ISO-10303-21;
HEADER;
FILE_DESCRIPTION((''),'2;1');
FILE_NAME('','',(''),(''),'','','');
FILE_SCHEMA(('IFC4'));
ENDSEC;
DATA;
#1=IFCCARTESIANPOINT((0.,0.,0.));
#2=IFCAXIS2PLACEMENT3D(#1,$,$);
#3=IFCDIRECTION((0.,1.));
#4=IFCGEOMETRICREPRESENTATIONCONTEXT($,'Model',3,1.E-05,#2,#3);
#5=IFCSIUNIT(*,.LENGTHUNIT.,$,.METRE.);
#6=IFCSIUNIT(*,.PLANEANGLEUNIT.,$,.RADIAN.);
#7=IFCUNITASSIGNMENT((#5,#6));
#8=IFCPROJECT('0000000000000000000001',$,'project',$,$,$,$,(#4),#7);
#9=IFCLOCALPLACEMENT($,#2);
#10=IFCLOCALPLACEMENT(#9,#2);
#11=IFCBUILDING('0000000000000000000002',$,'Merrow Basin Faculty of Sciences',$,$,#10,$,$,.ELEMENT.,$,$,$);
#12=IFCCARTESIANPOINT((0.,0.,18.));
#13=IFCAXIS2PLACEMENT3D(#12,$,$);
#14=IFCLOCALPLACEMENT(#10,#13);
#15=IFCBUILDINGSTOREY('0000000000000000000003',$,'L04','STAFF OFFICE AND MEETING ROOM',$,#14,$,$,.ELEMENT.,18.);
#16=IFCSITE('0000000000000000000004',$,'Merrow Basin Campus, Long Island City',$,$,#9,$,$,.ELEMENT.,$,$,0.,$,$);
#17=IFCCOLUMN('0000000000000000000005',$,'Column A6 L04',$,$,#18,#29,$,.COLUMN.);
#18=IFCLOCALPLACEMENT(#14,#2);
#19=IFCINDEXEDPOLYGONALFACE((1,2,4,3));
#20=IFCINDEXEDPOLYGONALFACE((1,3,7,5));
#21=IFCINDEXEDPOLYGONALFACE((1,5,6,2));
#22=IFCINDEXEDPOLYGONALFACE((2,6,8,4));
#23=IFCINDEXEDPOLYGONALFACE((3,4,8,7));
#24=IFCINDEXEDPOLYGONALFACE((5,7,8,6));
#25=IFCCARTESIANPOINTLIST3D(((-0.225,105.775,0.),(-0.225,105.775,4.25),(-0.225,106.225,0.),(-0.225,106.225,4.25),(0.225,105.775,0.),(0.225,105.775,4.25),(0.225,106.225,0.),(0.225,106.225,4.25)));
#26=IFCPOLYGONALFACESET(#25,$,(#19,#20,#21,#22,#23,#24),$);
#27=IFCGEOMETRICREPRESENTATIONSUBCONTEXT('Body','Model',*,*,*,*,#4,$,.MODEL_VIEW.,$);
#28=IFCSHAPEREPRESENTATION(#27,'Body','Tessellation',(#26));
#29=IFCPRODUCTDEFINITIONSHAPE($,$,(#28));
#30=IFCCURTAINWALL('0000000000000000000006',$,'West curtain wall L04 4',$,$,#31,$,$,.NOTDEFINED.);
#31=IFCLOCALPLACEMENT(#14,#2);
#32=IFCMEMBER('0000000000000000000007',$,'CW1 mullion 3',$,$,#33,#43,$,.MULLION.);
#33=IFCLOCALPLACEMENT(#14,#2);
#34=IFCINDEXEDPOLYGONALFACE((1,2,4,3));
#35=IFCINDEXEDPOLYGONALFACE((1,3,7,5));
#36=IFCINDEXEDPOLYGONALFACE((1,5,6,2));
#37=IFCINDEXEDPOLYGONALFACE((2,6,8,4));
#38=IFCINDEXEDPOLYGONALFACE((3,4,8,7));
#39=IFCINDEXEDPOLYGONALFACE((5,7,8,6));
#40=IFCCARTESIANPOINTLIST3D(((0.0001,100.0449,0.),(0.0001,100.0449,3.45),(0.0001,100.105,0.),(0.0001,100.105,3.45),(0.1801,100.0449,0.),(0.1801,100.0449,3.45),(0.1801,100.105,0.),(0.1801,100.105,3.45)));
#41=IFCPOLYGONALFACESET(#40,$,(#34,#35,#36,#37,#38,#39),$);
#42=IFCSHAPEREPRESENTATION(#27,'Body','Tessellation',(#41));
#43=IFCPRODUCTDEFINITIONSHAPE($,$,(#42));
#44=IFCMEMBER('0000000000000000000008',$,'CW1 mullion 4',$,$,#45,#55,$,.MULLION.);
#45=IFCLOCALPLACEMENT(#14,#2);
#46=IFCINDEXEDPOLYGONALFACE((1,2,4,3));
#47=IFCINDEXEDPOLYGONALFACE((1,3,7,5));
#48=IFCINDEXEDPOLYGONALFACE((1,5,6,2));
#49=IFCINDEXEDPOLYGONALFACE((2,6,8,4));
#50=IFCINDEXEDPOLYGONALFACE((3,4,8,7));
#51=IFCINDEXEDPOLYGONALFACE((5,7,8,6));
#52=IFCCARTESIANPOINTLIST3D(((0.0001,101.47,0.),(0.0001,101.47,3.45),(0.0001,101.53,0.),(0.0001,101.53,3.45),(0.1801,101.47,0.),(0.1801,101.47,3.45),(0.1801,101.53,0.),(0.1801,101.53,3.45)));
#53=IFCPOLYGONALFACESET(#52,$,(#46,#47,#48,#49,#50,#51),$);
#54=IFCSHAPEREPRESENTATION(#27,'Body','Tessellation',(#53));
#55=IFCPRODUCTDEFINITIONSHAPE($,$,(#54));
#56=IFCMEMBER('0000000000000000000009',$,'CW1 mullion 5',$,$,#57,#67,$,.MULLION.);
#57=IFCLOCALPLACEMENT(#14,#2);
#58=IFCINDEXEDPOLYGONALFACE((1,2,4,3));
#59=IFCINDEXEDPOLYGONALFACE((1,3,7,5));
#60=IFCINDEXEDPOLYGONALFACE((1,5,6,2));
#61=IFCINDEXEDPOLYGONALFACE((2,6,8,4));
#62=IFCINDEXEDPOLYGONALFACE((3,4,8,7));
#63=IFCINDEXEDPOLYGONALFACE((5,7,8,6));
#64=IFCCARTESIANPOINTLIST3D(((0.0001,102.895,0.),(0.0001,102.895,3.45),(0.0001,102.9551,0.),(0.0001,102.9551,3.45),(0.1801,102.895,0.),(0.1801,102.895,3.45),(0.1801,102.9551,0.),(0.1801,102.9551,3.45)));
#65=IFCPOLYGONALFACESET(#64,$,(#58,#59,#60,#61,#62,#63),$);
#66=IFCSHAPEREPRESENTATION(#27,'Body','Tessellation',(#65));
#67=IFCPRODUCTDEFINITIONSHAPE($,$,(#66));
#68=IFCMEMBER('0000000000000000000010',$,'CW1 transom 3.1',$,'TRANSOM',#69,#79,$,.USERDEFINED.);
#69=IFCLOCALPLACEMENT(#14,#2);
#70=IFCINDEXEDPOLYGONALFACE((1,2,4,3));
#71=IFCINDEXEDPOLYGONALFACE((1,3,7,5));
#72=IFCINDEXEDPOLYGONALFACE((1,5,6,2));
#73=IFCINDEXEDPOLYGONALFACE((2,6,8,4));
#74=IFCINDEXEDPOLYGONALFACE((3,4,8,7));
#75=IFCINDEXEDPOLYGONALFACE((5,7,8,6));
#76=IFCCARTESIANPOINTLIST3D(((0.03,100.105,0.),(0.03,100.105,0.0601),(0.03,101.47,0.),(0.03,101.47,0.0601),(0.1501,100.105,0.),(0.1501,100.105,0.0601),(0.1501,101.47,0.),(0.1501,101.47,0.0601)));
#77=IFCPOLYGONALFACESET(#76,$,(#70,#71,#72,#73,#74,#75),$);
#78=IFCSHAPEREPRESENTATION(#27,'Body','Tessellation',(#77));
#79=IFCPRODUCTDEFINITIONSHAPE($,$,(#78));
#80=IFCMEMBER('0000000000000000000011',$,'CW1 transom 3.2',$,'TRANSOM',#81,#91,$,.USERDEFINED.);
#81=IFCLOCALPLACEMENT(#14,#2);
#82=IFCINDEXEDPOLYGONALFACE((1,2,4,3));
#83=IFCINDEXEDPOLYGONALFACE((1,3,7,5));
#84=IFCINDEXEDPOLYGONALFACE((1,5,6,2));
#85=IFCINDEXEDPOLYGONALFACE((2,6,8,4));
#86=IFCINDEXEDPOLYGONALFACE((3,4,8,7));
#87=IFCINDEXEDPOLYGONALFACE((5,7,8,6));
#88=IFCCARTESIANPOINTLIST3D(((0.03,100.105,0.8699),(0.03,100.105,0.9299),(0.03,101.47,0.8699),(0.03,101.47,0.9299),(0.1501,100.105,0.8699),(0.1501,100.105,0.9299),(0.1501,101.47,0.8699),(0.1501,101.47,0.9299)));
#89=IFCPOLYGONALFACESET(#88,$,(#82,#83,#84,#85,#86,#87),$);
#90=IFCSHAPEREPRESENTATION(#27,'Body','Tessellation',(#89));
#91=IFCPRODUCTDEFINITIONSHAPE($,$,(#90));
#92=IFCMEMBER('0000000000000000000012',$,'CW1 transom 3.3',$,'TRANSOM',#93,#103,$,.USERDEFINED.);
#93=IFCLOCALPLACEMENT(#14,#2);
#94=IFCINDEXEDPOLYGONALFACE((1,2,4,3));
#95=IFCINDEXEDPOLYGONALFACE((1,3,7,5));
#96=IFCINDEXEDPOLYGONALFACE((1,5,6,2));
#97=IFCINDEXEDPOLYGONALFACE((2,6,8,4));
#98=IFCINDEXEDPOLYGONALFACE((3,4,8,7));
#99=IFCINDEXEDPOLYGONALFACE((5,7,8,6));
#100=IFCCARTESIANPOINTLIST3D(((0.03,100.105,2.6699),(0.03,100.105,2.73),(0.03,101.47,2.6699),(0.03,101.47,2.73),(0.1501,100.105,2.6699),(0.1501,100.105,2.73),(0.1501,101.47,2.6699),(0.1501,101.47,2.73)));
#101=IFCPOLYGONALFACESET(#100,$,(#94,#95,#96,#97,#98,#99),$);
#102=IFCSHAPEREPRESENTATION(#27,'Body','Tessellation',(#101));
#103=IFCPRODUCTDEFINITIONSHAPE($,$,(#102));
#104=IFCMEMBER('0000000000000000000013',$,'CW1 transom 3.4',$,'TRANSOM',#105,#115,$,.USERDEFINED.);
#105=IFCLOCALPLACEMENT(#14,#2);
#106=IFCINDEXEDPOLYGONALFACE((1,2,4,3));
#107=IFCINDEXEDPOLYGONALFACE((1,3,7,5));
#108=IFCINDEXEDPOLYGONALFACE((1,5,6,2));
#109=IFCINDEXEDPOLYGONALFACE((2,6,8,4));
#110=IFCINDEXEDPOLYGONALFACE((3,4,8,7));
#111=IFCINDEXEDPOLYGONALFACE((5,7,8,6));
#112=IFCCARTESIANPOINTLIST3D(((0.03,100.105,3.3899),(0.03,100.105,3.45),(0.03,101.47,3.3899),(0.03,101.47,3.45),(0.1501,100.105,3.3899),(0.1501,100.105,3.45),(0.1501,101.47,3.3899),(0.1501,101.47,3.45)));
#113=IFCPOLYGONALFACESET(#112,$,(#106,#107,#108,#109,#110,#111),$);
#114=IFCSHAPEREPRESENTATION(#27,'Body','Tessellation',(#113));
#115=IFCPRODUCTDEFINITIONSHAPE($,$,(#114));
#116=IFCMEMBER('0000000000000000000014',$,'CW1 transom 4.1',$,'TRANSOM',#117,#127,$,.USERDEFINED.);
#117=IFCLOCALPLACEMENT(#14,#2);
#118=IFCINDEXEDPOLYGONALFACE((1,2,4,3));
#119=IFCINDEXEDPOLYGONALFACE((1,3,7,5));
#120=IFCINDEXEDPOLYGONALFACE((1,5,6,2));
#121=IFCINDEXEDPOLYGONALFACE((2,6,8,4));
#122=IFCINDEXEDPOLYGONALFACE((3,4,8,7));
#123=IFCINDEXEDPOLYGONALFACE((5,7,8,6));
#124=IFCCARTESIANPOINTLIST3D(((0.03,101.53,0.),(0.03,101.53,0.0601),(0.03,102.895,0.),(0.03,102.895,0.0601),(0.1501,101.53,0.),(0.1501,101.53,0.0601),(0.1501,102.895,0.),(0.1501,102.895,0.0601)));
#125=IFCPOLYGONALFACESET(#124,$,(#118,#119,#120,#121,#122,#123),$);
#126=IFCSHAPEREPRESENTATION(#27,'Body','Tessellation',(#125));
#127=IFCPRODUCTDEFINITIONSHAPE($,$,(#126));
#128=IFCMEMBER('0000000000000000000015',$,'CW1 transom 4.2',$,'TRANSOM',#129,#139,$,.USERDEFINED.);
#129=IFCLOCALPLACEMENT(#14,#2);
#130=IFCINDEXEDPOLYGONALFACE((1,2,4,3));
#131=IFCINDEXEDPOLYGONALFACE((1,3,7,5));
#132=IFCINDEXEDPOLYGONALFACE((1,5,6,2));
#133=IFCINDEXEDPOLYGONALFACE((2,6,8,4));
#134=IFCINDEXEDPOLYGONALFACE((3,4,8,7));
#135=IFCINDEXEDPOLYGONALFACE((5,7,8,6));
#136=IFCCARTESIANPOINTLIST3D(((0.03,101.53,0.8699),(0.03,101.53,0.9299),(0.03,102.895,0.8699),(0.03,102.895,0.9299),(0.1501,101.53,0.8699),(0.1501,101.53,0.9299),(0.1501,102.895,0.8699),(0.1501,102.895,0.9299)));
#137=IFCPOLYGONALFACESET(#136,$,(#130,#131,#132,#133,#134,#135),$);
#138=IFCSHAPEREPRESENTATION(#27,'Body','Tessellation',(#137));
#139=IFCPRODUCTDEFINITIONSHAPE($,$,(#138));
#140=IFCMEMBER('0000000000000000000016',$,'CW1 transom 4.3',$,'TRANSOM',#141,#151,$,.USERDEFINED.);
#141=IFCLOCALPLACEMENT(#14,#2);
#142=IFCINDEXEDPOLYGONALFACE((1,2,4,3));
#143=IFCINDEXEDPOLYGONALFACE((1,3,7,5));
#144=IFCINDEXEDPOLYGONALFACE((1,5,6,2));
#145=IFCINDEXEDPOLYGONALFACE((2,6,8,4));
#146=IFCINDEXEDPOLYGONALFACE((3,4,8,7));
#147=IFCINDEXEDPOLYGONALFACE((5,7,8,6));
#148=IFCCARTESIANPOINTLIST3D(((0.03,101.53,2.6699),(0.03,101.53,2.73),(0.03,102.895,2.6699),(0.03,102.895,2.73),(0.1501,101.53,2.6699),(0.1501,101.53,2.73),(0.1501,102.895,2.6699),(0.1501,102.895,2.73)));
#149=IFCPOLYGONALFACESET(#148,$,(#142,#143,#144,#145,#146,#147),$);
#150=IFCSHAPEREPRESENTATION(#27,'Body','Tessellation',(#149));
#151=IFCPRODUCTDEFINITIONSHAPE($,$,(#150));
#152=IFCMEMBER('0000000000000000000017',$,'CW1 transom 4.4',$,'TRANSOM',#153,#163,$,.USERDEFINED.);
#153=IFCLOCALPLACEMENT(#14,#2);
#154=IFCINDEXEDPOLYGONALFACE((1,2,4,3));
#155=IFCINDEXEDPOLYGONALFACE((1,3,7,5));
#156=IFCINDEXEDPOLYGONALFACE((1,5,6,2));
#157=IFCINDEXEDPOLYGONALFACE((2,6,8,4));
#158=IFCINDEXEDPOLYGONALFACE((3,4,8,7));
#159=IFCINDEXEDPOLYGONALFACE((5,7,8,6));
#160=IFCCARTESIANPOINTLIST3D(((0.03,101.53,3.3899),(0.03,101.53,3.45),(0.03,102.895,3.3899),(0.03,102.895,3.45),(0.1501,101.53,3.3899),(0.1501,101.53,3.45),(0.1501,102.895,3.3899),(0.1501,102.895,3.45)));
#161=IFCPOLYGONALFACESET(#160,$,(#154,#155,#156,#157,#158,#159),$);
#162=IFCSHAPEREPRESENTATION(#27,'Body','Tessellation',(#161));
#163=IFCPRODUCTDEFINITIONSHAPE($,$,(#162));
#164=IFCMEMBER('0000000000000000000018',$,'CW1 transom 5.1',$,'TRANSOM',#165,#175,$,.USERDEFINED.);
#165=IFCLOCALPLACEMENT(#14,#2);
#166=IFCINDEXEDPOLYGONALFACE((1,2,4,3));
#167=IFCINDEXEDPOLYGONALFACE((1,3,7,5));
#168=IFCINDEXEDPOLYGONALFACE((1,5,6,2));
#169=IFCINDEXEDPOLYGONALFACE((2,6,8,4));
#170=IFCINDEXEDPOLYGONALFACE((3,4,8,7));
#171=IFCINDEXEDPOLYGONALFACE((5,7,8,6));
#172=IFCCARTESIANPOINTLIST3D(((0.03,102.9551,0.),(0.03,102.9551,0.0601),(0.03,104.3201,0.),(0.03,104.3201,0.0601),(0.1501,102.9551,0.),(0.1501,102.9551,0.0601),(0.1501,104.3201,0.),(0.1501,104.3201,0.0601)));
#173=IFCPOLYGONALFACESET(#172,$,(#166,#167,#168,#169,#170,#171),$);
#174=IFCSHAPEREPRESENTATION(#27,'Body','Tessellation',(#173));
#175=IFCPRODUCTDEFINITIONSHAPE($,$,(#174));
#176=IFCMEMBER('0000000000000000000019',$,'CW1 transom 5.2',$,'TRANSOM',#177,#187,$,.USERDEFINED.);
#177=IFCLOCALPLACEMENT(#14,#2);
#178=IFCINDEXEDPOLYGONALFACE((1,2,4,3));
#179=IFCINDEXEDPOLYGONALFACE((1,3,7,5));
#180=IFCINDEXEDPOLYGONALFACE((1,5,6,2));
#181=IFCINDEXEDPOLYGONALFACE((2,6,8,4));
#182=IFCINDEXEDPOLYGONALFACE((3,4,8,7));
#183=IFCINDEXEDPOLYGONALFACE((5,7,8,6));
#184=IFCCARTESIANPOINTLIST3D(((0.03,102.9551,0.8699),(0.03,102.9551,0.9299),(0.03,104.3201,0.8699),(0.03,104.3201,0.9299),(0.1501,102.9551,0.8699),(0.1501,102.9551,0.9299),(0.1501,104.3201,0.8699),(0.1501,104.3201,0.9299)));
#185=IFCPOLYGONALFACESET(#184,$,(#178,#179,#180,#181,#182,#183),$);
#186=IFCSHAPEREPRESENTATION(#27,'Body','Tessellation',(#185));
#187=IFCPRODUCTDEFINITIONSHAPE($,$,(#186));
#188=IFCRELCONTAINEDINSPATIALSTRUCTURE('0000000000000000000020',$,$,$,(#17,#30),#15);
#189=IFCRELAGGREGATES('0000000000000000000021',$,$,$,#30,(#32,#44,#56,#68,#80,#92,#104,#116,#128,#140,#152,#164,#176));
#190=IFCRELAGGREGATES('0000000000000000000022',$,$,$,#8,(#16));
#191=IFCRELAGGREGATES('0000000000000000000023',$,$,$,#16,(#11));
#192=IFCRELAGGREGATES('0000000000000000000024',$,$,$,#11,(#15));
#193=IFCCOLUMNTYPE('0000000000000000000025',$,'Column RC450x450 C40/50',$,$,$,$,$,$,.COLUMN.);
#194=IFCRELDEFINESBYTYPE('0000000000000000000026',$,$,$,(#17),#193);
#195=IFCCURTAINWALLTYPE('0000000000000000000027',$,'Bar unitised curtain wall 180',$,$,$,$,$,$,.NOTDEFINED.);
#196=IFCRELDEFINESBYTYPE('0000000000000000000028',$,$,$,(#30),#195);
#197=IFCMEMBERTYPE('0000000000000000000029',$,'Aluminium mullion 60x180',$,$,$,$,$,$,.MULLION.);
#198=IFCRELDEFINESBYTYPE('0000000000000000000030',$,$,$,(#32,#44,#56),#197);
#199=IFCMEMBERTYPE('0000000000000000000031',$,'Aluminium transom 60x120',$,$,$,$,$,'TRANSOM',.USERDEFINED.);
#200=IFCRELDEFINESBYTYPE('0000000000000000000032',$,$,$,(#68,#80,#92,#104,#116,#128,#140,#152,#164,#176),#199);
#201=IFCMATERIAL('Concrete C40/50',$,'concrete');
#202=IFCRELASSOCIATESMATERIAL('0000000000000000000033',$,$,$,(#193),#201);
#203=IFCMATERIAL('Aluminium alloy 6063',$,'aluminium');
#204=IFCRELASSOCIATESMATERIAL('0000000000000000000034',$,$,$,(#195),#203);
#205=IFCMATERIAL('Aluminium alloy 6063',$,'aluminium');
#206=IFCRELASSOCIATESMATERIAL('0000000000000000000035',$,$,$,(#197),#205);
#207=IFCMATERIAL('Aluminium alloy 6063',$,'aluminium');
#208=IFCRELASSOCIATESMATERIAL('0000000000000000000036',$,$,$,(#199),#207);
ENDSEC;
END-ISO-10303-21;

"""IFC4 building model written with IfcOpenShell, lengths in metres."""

from ifc_helpers import new_model, si_unit, direction, frame, origin, origin_2d, place, context, subcontext, project, spatial, rectangle, extrude, material, material_profile, profile_set, type_object, element, aggregate, save


model = new_model("IFC4")

# Units and contexts
model_context = context("Model", 3, precision=1e-05, world=origin(), true_north=direction((0.0, 1.0)))
body_context = subcontext(model_context, "Body", "Model", "MODEL_VIEW")
ifc_project = project(units=[si_unit("LENGTHUNIT", "METRE"), si_unit("PLANEANGLEUNIT", "RADIAN")], contexts=[model_context])

# Site, building, storey
site_placement = place(None, origin())
site = spatial("IfcSite", under=ifc_project, at=site_placement, Name="Merrow Basin Campus, Long Island City", CompositionType="ELEMENT", RefElevation=0.0)
building_placement = place(site_placement, origin())
building = spatial("IfcBuilding", under=site, at=building_placement, Name="Merrow Basin Faculty of Sciences", CompositionType="ELEMENT")
storey_placement = place(building_placement, frame((0.0, 0.0, 18.0)))
storey = spatial("IfcBuildingStorey", under=building, at=storey_placement, Name="L04", Description="STAFF OFFICE AND MEETING ROOM", CompositionType="ELEMENT", Elevation=18.0)

# Column
ifc_material_1 = material(Name="Concrete C40/50", Category="concrete")
ifc_material_profile_1 = material_profile(ifc_material_1, rectangle(XDim=0.45, YDim=0.45, at=origin_2d()))
ifc_profile_set_1 = profile_set([ifc_material_profile_1], Name="Concrete C40/50")
column_type = type_object("IfcColumnType", Name="Column RC450x450 C40/50", PredefinedType="COLUMN", material=ifc_profile_set_1)
column_placement = place(storey_placement, frame((0.0, 106.0, 0.0), z_axis=(0.0, 0.0, 1.0), x_axis=(1.0, 0.0, 0.0)))
element("IfcColumn", 1, at=column_placement, inside=storey, type_object=column_type, Name="Column A6 L04", PredefinedType="COLUMN", context=body_context, shape_type="SweptSolid", body=[
    extrude(rectangle(XDim=0.45, YDim=0.45, at=origin_2d()), origin(), (0.0, 0.0, 1.0), 4.25),
])

# Curtain wall, members
ifc_material_2 = material(Name="Aluminium alloy 6063", Category="aluminium")
curtain_wall_type = type_object("IfcCurtainWallType", Name="Bar unitised curtain wall 180", PredefinedType="NOTDEFINED", material=ifc_material_2)
curtain_wall_placement = place(storey_placement, origin())
curtain_wall = element("IfcCurtainWall", 2, at=curtain_wall_placement, inside=storey, type_object=curtain_wall_type, Name="West curtain wall L04 4", PredefinedType="NOTDEFINED")
ifc_material_3 = material(Name="Aluminium alloy 6063", Category="aluminium")
ifc_material_profile_2 = material_profile(ifc_material_3, rectangle(XDim=0.1799, YDim=0.0601, at=origin_2d()))
ifc_profile_set_2 = profile_set([ifc_material_profile_2], Name="Aluminium alloy 6063")
member_type_1 = type_object("IfcMemberType", Name="Aluminium mullion 60x180", PredefinedType="MULLION", material=ifc_profile_set_2)
member_1_placement = place(storey_placement, frame((0.0901, 100.075, 0.0), z_axis=(0.0, 0.0, 1.0), x_axis=(-1.0, 0.0, 0.0)))
member_1 = element("IfcMember", 3, at=member_1_placement, type_object=member_type_1, Name="CW1 mullion 3", PredefinedType="MULLION", context=body_context, shape_type="SweptSolid", body=[
    extrude(rectangle(XDim=0.1799, YDim=0.0601, at=origin_2d()), origin(), (0.0, 0.0, 1.0), 3.45),
])
member_2_placement = place(storey_placement, frame((0.0901, 101.5, 0.0), z_axis=(0.0, 0.0, 1.0), x_axis=(-1.0, 0.0, 0.0)))
member_2 = element("IfcMember", 4, at=member_2_placement, type_object=member_type_1, Name="CW1 mullion 4", PredefinedType="MULLION", context=body_context, shape_type="SweptSolid", body=[
    extrude(rectangle(XDim=0.1799, YDim=0.0601, at=origin_2d()), origin(), (0.0, 0.0, 1.0), 3.45),
])
member_3_placement = place(storey_placement, frame((0.0901, 102.925, 0.0), z_axis=(0.0, 0.0, 1.0), x_axis=(-1.0, 0.0, 0.0)))
member_3 = element("IfcMember", 5, at=member_3_placement, type_object=member_type_1, Name="CW1 mullion 5", PredefinedType="MULLION", context=body_context, shape_type="SweptSolid", body=[
    extrude(rectangle(XDim=0.1799, YDim=0.0601, at=origin_2d()), origin(), (0.0, 0.0, 1.0), 3.45),
])
ifc_material_4 = material(Name="Aluminium alloy 6063", Category="aluminium")
ifc_material_profile_3 = material_profile(ifc_material_4, rectangle(XDim=0.1201, YDim=0.0601, at=origin_2d()))
ifc_profile_set_3 = profile_set([ifc_material_profile_3], Name="Aluminium alloy 6063")
member_type_2 = type_object("IfcMemberType", Name="Aluminium transom 60x120", ElementType="TRANSOM", PredefinedType="USERDEFINED", material=ifc_profile_set_3)
member_4_placement = place(storey_placement, frame((0.0901, 100.105, 0.03), z_axis=(0.0, 1.0, 0.0), x_axis=(-1.0, 0.0, 0.0)))
member_4 = element("IfcMember", 6, at=member_4_placement, type_object=member_type_2, Name="CW1 transom 3.1", ObjectType="TRANSOM", PredefinedType="USERDEFINED", context=body_context, shape_type="SweptSolid", body=[
    extrude(rectangle(XDim=0.1201, YDim=0.0601, at=origin_2d()), origin(), (0.0, 0.0, 1.0), 1.365),
])
member_5_placement = place(storey_placement, frame((0.0901, 100.105, 0.8999), z_axis=(0.0, 1.0, 0.0), x_axis=(-1.0, 0.0, 0.0)))
member_5 = element("IfcMember", 7, at=member_5_placement, type_object=member_type_2, Name="CW1 transom 3.2", ObjectType="TRANSOM", PredefinedType="USERDEFINED", context=body_context, shape_type="SweptSolid", body=[
    extrude(rectangle(XDim=0.1201, YDim=0.0601, at=origin_2d()), origin(), (0.0, 0.0, 1.0), 1.365),
])
member_6_placement = place(storey_placement, frame((0.0901, 100.105, 2.7), z_axis=(0.0, 1.0, 0.0), x_axis=(-1.0, 0.0, 0.0)))
member_6 = element("IfcMember", 8, at=member_6_placement, type_object=member_type_2, Name="CW1 transom 3.3", ObjectType="TRANSOM", PredefinedType="USERDEFINED", context=body_context, shape_type="SweptSolid", body=[
    extrude(rectangle(XDim=0.1201, YDim=0.0601, at=origin_2d()), origin(), (0.0, 0.0, 1.0), 1.365),
])
member_7_placement = place(storey_placement, frame((0.0901, 100.105, 3.4199), z_axis=(0.0, 1.0, 0.0), x_axis=(-1.0, 0.0, 0.0)))
member_7 = element("IfcMember", 9, at=member_7_placement, type_object=member_type_2, Name="CW1 transom 3.4", ObjectType="TRANSOM", PredefinedType="USERDEFINED", context=body_context, shape_type="SweptSolid", body=[
    extrude(rectangle(XDim=0.1201, YDim=0.0601, at=origin_2d()), origin(), (0.0, 0.0, 1.0), 1.365),
])
member_8_placement = place(storey_placement, frame((0.0901, 101.53, 0.03), z_axis=(0.0, 1.0, 0.0), x_axis=(-1.0, 0.0, 0.0)))
member_8 = element("IfcMember", 10, at=member_8_placement, type_object=member_type_2, Name="CW1 transom 4.1", ObjectType="TRANSOM", PredefinedType="USERDEFINED", context=body_context, shape_type="SweptSolid", body=[
    extrude(rectangle(XDim=0.1201, YDim=0.0601, at=origin_2d()), origin(), (0.0, 0.0, 1.0), 1.365),
])
member_9_placement = place(storey_placement, frame((0.0901, 101.53, 0.8999), z_axis=(0.0, 1.0, 0.0), x_axis=(-1.0, 0.0, 0.0)))
member_9 = element("IfcMember", 11, at=member_9_placement, type_object=member_type_2, Name="CW1 transom 4.2", ObjectType="TRANSOM", PredefinedType="USERDEFINED", context=body_context, shape_type="SweptSolid", body=[
    extrude(rectangle(XDim=0.1201, YDim=0.0601, at=origin_2d()), origin(), (0.0, 0.0, 1.0), 1.365),
])
member_10_placement = place(storey_placement, frame((0.0901, 101.53, 2.7), z_axis=(0.0, 1.0, 0.0), x_axis=(-1.0, 0.0, 0.0)))
member_10 = element("IfcMember", 12, at=member_10_placement, type_object=member_type_2, Name="CW1 transom 4.3", ObjectType="TRANSOM", PredefinedType="USERDEFINED", context=body_context, shape_type="SweptSolid", body=[
    extrude(rectangle(XDim=0.1201, YDim=0.0601, at=origin_2d()), origin(), (0.0, 0.0, 1.0), 1.365),
])
member_11_placement = place(storey_placement, frame((0.0901, 101.53, 3.4199), z_axis=(0.0, 1.0, 0.0), x_axis=(-1.0, 0.0, 0.0)))
member_11 = element("IfcMember", 13, at=member_11_placement, type_object=member_type_2, Name="CW1 transom 4.4", ObjectType="TRANSOM", PredefinedType="USERDEFINED", context=body_context, shape_type="SweptSolid", body=[
    extrude(rectangle(XDim=0.1201, YDim=0.0601, at=origin_2d()), origin(), (0.0, 0.0, 1.0), 1.365),
])
member_12_placement = place(storey_placement, frame((0.0901, 102.9551, 0.03), z_axis=(0.0, 1.0, 0.0), x_axis=(-1.0, 0.0, 0.0)))
member_12 = element("IfcMember", 14, at=member_12_placement, type_object=member_type_2, Name="CW1 transom 5.1", ObjectType="TRANSOM", PredefinedType="USERDEFINED", context=body_context, shape_type="SweptSolid", body=[
    extrude(rectangle(XDim=0.1201, YDim=0.0601, at=origin_2d()), origin(), (0.0, 0.0, 1.0), 1.365),
])
member_13_placement = place(storey_placement, frame((0.0901, 102.9551, 0.8999), z_axis=(0.0, 1.0, 0.0), x_axis=(-1.0, 0.0, 0.0)))
member_13 = element("IfcMember", 15, at=member_13_placement, type_object=member_type_2, Name="CW1 transom 5.2", ObjectType="TRANSOM", PredefinedType="USERDEFINED", context=body_context, shape_type="SweptSolid", body=[
    extrude(rectangle(XDim=0.1201, YDim=0.0601, at=origin_2d()), origin(), (0.0, 0.0, 1.0), 1.365),
])

aggregate(curtain_wall, [member_1, member_2, member_3, member_4, member_5, member_6, member_7, member_8, member_9, member_10, member_11, member_12, member_13])

save(model, "model.ifc")
